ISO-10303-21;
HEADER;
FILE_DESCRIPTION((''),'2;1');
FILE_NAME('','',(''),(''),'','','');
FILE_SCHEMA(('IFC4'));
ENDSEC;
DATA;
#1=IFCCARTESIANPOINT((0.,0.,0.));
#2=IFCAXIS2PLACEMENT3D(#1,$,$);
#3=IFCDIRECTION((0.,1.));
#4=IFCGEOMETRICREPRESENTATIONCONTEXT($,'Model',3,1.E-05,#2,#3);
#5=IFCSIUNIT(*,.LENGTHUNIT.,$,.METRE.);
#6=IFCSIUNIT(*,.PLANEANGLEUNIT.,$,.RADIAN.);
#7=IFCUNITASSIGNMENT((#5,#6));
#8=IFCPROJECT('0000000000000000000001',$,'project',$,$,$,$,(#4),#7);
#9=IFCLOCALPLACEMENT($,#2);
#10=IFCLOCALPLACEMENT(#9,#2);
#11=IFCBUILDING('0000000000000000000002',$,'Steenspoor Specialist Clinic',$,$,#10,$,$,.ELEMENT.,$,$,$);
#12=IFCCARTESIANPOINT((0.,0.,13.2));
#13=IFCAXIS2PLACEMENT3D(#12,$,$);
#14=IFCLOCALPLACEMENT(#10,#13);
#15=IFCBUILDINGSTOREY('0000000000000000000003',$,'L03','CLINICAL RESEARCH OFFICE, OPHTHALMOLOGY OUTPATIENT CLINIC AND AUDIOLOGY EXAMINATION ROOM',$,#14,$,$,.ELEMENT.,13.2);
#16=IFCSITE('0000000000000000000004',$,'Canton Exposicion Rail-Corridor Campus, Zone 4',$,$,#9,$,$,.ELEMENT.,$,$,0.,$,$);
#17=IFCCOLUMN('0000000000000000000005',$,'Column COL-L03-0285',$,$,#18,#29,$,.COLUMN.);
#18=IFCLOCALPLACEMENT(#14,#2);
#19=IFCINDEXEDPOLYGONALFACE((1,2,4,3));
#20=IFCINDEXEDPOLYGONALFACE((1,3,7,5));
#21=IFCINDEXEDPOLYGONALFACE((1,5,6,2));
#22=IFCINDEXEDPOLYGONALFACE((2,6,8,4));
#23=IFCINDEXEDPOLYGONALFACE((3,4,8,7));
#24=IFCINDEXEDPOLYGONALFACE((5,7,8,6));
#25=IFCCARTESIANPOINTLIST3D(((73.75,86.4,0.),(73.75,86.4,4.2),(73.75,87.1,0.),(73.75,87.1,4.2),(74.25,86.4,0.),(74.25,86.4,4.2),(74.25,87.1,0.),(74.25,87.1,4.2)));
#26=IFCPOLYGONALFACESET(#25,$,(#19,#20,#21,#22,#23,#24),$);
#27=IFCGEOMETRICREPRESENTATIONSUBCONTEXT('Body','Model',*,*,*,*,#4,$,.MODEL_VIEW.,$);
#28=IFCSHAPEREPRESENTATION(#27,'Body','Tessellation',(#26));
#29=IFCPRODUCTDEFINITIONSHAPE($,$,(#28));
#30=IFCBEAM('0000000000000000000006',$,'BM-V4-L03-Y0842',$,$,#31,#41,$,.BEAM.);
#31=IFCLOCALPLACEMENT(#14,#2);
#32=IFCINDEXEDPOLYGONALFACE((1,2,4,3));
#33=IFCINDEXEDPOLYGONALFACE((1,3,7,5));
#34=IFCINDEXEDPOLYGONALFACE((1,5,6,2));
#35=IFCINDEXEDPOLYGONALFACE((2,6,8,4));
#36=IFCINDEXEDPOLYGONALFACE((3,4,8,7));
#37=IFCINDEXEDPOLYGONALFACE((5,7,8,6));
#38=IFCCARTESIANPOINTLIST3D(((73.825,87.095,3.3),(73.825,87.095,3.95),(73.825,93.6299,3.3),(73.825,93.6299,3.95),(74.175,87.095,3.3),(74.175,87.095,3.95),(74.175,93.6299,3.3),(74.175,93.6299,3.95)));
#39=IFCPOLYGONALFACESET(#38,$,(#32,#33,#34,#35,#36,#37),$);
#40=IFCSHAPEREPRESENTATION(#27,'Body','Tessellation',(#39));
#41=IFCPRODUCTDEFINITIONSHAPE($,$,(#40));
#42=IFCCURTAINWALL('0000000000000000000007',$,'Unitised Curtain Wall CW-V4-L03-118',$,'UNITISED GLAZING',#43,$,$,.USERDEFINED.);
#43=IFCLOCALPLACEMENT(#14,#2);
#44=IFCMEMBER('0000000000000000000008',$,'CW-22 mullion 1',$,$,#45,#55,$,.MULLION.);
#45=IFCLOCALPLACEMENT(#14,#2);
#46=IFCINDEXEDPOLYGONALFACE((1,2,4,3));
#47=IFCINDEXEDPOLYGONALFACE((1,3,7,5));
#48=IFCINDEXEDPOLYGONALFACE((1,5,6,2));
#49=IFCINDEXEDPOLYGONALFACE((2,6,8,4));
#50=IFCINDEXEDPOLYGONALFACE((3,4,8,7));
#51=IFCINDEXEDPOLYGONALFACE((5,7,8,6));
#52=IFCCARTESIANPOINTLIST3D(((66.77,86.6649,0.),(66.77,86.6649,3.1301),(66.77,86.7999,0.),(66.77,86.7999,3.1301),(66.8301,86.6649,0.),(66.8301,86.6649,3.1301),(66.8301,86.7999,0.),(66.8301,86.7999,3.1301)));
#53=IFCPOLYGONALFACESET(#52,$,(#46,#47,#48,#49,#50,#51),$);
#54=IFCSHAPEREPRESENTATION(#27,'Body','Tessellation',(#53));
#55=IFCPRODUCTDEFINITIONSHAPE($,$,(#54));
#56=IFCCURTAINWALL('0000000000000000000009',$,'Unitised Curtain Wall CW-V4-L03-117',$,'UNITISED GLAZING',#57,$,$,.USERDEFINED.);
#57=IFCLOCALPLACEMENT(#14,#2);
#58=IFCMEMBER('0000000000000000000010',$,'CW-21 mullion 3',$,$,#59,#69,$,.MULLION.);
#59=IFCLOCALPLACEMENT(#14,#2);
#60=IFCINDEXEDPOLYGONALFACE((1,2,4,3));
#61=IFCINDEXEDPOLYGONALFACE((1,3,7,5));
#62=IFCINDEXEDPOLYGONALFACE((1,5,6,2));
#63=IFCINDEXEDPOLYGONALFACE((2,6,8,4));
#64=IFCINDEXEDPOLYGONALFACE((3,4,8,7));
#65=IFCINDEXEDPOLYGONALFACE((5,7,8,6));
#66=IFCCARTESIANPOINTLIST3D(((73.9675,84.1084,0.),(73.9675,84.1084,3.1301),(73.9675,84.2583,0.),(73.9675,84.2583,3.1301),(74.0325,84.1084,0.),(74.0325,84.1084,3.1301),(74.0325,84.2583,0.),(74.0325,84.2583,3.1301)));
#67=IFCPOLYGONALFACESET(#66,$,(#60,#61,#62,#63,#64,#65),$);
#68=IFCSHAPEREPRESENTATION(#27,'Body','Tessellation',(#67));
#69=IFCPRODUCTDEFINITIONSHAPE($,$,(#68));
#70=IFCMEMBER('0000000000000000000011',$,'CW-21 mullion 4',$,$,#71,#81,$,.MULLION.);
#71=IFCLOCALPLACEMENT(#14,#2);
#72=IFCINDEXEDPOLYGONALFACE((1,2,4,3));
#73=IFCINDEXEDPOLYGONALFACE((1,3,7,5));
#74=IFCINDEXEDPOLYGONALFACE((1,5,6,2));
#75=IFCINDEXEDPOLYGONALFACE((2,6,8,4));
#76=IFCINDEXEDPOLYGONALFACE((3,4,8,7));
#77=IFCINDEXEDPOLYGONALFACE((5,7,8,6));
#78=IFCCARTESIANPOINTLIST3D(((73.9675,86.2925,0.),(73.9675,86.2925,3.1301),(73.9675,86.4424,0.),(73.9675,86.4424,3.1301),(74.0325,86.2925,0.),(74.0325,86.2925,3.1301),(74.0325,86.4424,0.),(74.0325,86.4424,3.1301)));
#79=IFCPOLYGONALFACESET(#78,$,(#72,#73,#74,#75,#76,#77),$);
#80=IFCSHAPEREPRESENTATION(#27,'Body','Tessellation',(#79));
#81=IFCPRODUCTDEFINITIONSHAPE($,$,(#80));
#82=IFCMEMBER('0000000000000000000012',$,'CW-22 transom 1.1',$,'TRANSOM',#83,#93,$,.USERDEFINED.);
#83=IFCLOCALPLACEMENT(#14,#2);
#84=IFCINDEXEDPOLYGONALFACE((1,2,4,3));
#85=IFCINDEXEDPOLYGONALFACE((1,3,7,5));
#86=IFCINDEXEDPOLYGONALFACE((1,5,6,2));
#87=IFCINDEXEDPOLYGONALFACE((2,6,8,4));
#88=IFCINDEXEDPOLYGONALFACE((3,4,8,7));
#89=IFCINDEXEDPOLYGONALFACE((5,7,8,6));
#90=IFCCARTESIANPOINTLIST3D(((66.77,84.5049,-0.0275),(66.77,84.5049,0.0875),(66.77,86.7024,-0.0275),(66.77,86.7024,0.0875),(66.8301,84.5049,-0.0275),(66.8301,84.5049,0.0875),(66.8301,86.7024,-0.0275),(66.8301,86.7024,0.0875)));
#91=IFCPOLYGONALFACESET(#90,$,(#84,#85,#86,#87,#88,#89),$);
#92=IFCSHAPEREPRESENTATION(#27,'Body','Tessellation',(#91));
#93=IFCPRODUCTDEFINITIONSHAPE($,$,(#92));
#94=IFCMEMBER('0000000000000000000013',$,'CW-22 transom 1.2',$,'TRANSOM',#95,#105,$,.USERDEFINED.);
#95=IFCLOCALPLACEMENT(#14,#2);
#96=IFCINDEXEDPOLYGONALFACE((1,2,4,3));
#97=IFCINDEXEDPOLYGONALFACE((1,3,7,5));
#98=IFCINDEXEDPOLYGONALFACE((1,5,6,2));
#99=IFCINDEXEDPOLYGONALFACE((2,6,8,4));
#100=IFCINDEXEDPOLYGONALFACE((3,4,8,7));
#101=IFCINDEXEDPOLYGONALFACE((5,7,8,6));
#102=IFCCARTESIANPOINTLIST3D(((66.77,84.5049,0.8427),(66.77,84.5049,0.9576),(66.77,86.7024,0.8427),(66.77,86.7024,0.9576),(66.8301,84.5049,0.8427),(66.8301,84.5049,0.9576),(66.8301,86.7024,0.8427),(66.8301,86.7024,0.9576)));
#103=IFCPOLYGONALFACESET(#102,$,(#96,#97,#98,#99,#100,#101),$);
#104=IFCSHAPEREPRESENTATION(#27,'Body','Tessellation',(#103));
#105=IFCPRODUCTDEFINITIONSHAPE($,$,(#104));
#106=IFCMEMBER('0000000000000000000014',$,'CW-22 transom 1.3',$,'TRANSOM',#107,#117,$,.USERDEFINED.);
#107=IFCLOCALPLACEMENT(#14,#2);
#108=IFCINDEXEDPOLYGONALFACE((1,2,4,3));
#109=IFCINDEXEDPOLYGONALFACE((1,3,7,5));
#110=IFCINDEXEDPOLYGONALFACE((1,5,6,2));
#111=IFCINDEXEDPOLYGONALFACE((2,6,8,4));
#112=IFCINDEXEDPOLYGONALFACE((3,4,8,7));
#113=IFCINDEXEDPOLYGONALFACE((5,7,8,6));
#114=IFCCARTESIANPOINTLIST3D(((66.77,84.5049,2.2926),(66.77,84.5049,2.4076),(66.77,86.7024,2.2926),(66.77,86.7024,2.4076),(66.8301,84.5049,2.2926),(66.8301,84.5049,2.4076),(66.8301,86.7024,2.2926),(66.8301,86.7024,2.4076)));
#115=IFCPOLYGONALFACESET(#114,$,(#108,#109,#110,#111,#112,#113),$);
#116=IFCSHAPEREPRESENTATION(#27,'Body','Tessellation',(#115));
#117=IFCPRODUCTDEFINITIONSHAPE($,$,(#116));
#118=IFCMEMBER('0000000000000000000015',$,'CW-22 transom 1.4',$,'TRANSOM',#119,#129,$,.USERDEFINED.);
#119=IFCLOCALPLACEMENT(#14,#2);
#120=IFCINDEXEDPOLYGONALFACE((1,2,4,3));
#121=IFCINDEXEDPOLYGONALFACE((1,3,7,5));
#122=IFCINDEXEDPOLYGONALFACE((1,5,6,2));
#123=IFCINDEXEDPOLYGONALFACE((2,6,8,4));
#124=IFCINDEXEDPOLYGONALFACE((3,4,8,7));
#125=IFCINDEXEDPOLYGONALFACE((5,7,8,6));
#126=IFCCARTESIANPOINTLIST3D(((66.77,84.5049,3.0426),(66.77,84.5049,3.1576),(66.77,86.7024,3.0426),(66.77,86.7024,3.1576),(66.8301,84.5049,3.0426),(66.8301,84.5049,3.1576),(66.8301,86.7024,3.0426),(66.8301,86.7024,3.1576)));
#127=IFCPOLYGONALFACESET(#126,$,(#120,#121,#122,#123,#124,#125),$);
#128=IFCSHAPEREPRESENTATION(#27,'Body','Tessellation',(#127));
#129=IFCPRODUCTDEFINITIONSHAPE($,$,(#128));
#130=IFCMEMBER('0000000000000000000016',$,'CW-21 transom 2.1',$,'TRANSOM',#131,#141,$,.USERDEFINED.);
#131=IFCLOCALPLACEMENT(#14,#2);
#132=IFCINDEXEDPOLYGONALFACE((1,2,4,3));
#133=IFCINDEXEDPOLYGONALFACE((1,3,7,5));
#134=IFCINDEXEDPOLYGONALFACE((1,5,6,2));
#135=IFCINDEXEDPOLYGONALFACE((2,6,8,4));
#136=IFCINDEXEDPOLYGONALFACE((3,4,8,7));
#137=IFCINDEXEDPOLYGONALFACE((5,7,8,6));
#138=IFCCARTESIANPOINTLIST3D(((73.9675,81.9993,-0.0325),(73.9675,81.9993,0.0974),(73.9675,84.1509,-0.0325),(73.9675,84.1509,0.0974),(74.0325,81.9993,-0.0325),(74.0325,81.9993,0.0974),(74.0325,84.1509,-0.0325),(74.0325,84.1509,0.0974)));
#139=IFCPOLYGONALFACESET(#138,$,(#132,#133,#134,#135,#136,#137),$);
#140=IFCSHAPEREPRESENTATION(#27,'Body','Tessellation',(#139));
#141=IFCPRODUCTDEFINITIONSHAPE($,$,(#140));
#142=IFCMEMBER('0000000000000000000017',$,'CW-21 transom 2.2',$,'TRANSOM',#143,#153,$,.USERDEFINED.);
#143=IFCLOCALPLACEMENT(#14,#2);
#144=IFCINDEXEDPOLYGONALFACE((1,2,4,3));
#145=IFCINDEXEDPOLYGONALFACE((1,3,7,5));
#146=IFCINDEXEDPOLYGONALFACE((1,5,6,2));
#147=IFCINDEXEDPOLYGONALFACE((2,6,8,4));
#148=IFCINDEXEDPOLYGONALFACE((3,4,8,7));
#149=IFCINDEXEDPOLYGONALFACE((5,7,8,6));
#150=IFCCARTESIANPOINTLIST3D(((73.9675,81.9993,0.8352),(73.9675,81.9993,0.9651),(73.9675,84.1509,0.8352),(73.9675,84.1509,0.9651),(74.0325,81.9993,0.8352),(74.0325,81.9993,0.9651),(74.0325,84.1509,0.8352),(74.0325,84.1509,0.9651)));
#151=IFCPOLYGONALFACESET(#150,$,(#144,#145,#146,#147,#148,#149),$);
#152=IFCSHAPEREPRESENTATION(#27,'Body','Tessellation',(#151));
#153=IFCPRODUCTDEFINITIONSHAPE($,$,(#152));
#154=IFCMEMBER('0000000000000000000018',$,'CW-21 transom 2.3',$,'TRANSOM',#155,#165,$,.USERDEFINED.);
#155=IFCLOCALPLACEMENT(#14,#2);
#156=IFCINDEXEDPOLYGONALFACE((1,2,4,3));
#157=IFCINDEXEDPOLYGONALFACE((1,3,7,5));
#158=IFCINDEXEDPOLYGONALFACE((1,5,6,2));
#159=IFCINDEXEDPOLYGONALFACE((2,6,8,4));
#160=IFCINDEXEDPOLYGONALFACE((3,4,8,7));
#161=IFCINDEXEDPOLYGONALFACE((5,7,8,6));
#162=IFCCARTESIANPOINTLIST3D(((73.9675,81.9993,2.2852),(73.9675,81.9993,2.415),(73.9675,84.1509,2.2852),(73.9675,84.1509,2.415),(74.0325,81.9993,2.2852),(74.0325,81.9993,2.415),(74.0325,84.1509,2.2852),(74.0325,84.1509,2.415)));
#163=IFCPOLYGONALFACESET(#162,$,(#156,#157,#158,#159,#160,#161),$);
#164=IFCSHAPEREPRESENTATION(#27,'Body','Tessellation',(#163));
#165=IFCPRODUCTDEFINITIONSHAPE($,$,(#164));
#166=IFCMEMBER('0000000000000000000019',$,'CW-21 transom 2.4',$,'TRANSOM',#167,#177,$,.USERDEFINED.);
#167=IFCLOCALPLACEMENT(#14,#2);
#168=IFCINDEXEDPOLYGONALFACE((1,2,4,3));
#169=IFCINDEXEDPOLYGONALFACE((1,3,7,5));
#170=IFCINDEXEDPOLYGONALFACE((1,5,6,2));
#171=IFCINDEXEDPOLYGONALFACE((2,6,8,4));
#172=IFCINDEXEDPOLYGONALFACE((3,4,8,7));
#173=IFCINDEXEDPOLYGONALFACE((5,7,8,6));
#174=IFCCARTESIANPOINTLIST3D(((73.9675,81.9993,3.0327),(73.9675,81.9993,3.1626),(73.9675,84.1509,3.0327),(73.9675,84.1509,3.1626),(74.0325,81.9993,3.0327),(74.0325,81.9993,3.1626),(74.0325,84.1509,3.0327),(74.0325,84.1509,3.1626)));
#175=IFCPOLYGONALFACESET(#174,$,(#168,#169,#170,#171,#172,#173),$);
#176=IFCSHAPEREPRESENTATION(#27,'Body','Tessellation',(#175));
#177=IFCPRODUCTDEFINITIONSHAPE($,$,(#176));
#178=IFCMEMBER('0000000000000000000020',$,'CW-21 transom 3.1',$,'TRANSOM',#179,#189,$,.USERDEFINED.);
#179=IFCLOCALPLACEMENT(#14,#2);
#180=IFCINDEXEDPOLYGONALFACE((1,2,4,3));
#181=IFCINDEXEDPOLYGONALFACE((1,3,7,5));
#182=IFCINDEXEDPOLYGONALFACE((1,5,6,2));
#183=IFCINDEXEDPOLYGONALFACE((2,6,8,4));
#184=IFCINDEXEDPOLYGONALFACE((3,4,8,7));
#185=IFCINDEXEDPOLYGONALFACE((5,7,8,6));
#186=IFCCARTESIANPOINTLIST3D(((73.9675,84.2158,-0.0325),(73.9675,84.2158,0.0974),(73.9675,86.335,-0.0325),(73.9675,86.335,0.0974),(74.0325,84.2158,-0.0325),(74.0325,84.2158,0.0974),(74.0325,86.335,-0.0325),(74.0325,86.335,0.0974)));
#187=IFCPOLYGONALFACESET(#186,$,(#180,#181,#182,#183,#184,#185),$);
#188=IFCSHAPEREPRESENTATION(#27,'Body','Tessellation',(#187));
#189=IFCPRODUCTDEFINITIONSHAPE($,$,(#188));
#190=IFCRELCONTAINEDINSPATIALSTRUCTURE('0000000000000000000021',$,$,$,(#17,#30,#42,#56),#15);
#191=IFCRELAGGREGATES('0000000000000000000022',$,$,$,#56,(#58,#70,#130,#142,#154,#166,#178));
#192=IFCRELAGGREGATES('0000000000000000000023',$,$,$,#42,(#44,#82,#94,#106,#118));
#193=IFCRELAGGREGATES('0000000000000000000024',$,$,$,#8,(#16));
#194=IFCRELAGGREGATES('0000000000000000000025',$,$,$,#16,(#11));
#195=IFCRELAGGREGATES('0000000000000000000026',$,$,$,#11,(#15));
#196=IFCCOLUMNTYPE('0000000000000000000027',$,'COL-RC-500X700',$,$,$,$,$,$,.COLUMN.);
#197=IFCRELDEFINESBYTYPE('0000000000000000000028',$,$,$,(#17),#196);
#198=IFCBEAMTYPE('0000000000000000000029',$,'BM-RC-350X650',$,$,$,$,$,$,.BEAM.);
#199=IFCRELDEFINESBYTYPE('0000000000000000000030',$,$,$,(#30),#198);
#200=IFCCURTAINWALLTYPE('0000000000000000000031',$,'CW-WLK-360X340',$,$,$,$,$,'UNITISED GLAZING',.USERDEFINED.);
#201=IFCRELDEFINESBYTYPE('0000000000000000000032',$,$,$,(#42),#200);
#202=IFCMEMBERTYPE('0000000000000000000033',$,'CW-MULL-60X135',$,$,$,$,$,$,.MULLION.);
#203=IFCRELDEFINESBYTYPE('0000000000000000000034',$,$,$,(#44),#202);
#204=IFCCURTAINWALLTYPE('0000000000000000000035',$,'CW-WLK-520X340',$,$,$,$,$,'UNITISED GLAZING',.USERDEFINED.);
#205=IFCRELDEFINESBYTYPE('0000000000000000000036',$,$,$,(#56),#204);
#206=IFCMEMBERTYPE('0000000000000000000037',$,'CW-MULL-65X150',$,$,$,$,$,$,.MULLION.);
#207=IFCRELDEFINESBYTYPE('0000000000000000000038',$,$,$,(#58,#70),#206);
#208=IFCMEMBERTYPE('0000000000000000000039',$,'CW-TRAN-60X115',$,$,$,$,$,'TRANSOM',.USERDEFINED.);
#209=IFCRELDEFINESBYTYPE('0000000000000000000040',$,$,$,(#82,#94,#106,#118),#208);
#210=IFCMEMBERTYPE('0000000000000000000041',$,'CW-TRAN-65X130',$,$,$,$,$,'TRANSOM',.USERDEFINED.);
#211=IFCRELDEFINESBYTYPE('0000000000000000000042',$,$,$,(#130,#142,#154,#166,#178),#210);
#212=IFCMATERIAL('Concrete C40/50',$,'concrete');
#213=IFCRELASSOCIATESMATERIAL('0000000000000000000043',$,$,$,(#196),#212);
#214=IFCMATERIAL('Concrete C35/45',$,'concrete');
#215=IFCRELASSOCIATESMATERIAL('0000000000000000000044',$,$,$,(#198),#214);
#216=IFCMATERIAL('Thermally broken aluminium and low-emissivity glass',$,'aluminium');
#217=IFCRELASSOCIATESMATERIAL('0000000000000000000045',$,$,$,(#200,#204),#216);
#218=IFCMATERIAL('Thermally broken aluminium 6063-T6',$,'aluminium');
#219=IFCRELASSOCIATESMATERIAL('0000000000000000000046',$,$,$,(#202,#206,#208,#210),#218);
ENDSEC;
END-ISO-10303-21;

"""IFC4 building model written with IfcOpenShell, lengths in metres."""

from ifc_helpers import new_model, si_unit, direction, frame, origin, origin_2d, place, context, subcontext, project, spatial, rectangle, extrude, material, material_profile, profile_set, type_object, element, aggregate, save


model = new_model("IFC4")

# Units and contexts
model_context = context("Model", 3, precision=1e-05, world=origin(), true_north=direction((0.0, 1.0)))
body_context = subcontext(model_context, "Body", "Model", "MODEL_VIEW")
ifc_project = project(units=[si_unit("LENGTHUNIT", "METRE"), si_unit("PLANEANGLEUNIT", "RADIAN")], contexts=[model_context])

# Site, building, storey
site_placement = place(None, origin())
site = spatial("IfcSite", under=ifc_project, at=site_placement, Name="Canton Exposicion Rail-Corridor Campus, Zone 4", CompositionType="ELEMENT", RefElevation=0.0)
building_placement = place(site_placement, origin())
building = spatial("IfcBuilding", under=site, at=building_placement, Name="Steenspoor Specialist Clinic", CompositionType="ELEMENT")
storey_placement = place(building_placement, frame((0.0, 0.0, 13.2)))
storey = spatial("IfcBuildingStorey", under=building, at=storey_placement, Name="L03", Description="CLINICAL RESEARCH OFFICE, OPHTHALMOLOGY OUTPATIENT CLINIC AND AUDIOLOGY EXAMINATION ROOM", CompositionType="ELEMENT", Elevation=13.2)

# Column
ifc_material_1 = material(Name="Concrete C40/50", Category="concrete")
ifc_material_profile_1 = material_profile(ifc_material_1, rectangle(XDim=0.5, YDim=0.7, at=origin_2d()), Name="RC-COL-500X700")
ifc_profile_set_1 = profile_set([ifc_material_profile_1], Name="Concrete C40/50")
column_type = type_object("IfcColumnType", Name="COL-RC-500X700", PredefinedType="COLUMN", material=ifc_profile_set_1)
column_placement = place(storey_placement, frame((74.0, 86.75, 0.0), z_axis=(0.0, 0.0, 1.0), x_axis=(1.0, 0.0, 0.0)))
element("IfcColumn", 1, at=column_placement, inside=storey, type_object=column_type, Name="Column COL-L03-0285", PredefinedType="COLUMN", context=body_context, shape_type="SweptSolid", body=[
    extrude(rectangle(XDim=0.5, YDim=0.7, at=origin_2d()), origin(), (0.0, 0.0, 1.0), 4.2),
])

# Beam
ifc_material_2 = material(Name="Concrete C35/45", Category="concrete")
ifc_material_profile_2 = material_profile(ifc_material_2, rectangle(XDim=0.3501, YDim=0.6499, at=origin_2d()), Name="RC-BM-350X650")
ifc_profile_set_2 = profile_set([ifc_material_profile_2], Name="Concrete C35/45")
beam_type = type_object("IfcBeamType", Name="BM-RC-350X650", PredefinedType="BEAM", material=ifc_profile_set_2)
beam_placement = place(storey_placement, frame((74.0, 87.095, 3.625), z_axis=(0.0, 1.0, 0.0), x_axis=(-1.0, 0.0, 0.0)))
element("IfcBeam", 2, at=beam_placement, inside=storey, type_object=beam_type, Name="BM-V4-L03-Y0842", PredefinedType="BEAM", context=body_context, shape_type="SweptSolid", body=[
    extrude(rectangle(XDim=0.3501, YDim=0.6499, at=origin_2d()), origin(), (0.0, 0.0, 1.0), 6.5349),
])

# Curtain wall, member
ifc_material_3 = material(Name="Thermally broken aluminium and low-emissivity glass", Category="aluminium")
curtain_wall_type_1 = type_object("IfcCurtainWallType", Name="CW-WLK-360X340", ElementType="UNITISED GLAZING", PredefinedType="USERDEFINED", material=ifc_material_3)
curtain_wall_1_placement = place(storey_placement, origin())
curtain_wall_1 = element("IfcCurtainWall", 3, at=curtain_wall_1_placement, inside=storey, type_object=curtain_wall_type_1, Name="Unitised Curtain Wall CW-V4-L03-118", ObjectType="UNITISED GLAZING", PredefinedType="USERDEFINED")
ifc_material_4 = material(Name="Thermally broken aluminium 6063-T6", Category="aluminium")
ifc_material_profile_3 = material_profile(ifc_material_4, rectangle(XDim=0.0601, YDim=0.135, at=origin_2d()), Name="CWM-60X135")
ifc_profile_set_3 = profile_set([ifc_material_profile_3], Name="Thermally broken aluminium 6063-T6")
member_type_1 = type_object("IfcMemberType", Name="CW-MULL-60X135", PredefinedType="MULLION", material=ifc_profile_set_3)
member_1_placement = place(storey_placement, frame((66.8, 86.7324, 0.0), z_axis=(0.0, 0.0, 1.0), x_axis=(1.0, 0.0, 0.0)))
member_1 = element("IfcMember", 4, at=member_1_placement, type_object=member_type_1, Name="CW-22 mullion 1", PredefinedType="MULLION", context=body_context, shape_type="SweptSolid", body=[
    extrude(rectangle(XDim=0.0601, YDim=0.135, at=origin_2d()), origin(), (0.0, 0.0, 1.0), 3.1301),
])

# Curtain wall, members
curtain_wall_type_2 = type_object("IfcCurtainWallType", Name="CW-WLK-520X340", ElementType="UNITISED GLAZING", PredefinedType="USERDEFINED", material=ifc_material_3)
curtain_wall_2_placement = place(storey_placement, origin())
curtain_wall_2 = element("IfcCurtainWall", 5, at=curtain_wall_2_placement, inside=storey, type_object=curtain_wall_type_2, Name="Unitised Curtain Wall CW-V4-L03-117", ObjectType="UNITISED GLAZING", PredefinedType="USERDEFINED")
ifc_material_profile_4 = material_profile(ifc_material_4, rectangle(XDim=0.0649, YDim=0.1499, at=origin_2d()), Name="CWM-65X150")
ifc_profile_set_4 = profile_set([ifc_material_profile_4], Name="Thermally broken aluminium 6063-T6")
member_type_2 = type_object("IfcMemberType", Name="CW-MULL-65X150", PredefinedType="MULLION", material=ifc_profile_set_4)
member_2_placement = place(storey_placement, frame((74.0, 84.1833, 0.0), z_axis=(0.0, 0.0, 1.0), x_axis=(-1.0, 0.0, 0.0)))
member_2 = element("IfcMember", 6, at=member_2_placement, type_object=member_type_2, Name="CW-21 mullion 3", PredefinedType="MULLION", context=body_context, shape_type="SweptSolid", body=[
    extrude(rectangle(XDim=0.0649, YDim=0.1499, at=origin_2d()), origin(), (0.0, 0.0, 1.0), 3.1301),
])
member_3_placement = place(storey_placement, frame((74.0, 86.3674, 0.0), z_axis=(0.0, 0.0, 1.0), x_axis=(-1.0, 0.0, 0.0)))
member_3 = element("IfcMember", 7, at=member_3_placement, type_object=member_type_2, Name="CW-21 mullion 4", PredefinedType="MULLION", context=body_context, shape_type="SweptSolid", body=[
    extrude(rectangle(XDim=0.0649, YDim=0.1499, at=origin_2d()), origin(), (0.0, 0.0, 1.0), 3.1301),
])

# Members
ifc_material_profile_5 = material_profile(ifc_material_4, rectangle(XDim=0.0601, YDim=0.115, at=origin_2d()), Name="CWT-60X115")
ifc_profile_set_5 = profile_set([ifc_material_profile_5], Name="Thermally broken aluminium 6063-T6")
member_type_3 = type_object("IfcMemberType", Name="CW-TRAN-60X115", ElementType="TRANSOM", PredefinedType="USERDEFINED", material=ifc_profile_set_5)
member_4_placement = place(storey_placement, frame((66.8, 86.7024, 0.03), z_axis=(0.0, -1.0, 0.0), x_axis=(1.0, 0.0, 0.0)))
member_4 = element("IfcMember", 8, at=member_4_placement, type_object=member_type_3, Name="CW-22 transom 1.1", ObjectType="TRANSOM", PredefinedType="USERDEFINED", context=body_context, shape_type="SweptSolid", body=[
    extrude(rectangle(XDim=0.0601, YDim=0.115, at=origin_2d()), origin(), (0.0, 0.0, 1.0), 2.1975),
])
member_5_placement = place(storey_placement, frame((66.8, 86.7024, 0.9001), z_axis=(0.0, -1.0, 0.0), x_axis=(1.0, 0.0, 0.0)))
member_5 = element("IfcMember", 9, at=member_5_placement, type_object=member_type_3, Name="CW-22 transom 1.2", ObjectType="TRANSOM", PredefinedType="USERDEFINED", context=body_context, shape_type="SweptSolid", body=[
    extrude(rectangle(XDim=0.0601, YDim=0.115, at=origin_2d()), origin(), (0.0, 0.0, 1.0), 2.1975),
])
member_6_placement = place(storey_placement, frame((66.8, 86.7024, 2.3501), z_axis=(0.0, -1.0, 0.0), x_axis=(1.0, 0.0, 0.0)))
member_6 = element("IfcMember", 10, at=member_6_placement, type_object=member_type_3, Name="CW-22 transom 1.3", ObjectType="TRANSOM", PredefinedType="USERDEFINED", context=body_context, shape_type="SweptSolid", body=[
    extrude(rectangle(XDim=0.0601, YDim=0.115, at=origin_2d()), origin(), (0.0, 0.0, 1.0), 2.1975),
])
member_7_placement = place(storey_placement, frame((66.8, 86.7024, 3.1001), z_axis=(0.0, -1.0, 0.0), x_axis=(1.0, 0.0, 0.0)))
member_7 = element("IfcMember", 11, at=member_7_placement, type_object=member_type_3, Name="CW-22 transom 1.4", ObjectType="TRANSOM", PredefinedType="USERDEFINED", context=body_context, shape_type="SweptSolid", body=[
    extrude(rectangle(XDim=0.0601, YDim=0.115, at=origin_2d()), origin(), (0.0, 0.0, 1.0), 2.1975),
])
ifc_material_profile_6 = material_profile(ifc_material_4, rectangle(XDim=0.0649, YDim=0.1299, at=origin_2d()), Name="CWT-65X130")
ifc_profile_set_6 = profile_set([ifc_material_profile_6], Name="Thermally broken aluminium 6063-T6")
member_type_4 = type_object("IfcMemberType", Name="CW-TRAN-65X130", ElementType="TRANSOM", PredefinedType="USERDEFINED", material=ifc_profile_set_6)
member_8_placement = place(storey_placement, frame((74.0, 81.9993, 0.0325), z_axis=(0.0, 1.0, 0.0), x_axis=(-1.0, 0.0, 0.0)))
member_8 = element("IfcMember", 12, at=member_8_placement, type_object=member_type_4, Name="CW-21 transom 2.1", ObjectType="TRANSOM", PredefinedType="USERDEFINED", context=body_context, shape_type="SweptSolid", body=[
    extrude(rectangle(XDim=0.0649, YDim=0.1299, at=origin_2d()), origin(), (0.0, 0.0, 1.0), 2.1516),
])
member_9_placement = place(storey_placement, frame((74.0, 81.9993, 0.9001), z_axis=(0.0, 1.0, 0.0), x_axis=(-1.0, 0.0, 0.0)))
member_9 = element("IfcMember", 13, at=member_9_placement, type_object=member_type_4, Name="CW-21 transom 2.2", ObjectType="TRANSOM", PredefinedType="USERDEFINED", context=body_context, shape_type="SweptSolid", body=[
    extrude(rectangle(XDim=0.0649, YDim=0.1299, at=origin_2d()), origin(), (0.0, 0.0, 1.0), 2.1516),
])
member_10_placement = place(storey_placement, frame((74.0, 81.9993, 2.3501), z_axis=(0.0, 1.0, 0.0), x_axis=(-1.0, 0.0, 0.0)))
member_10 = element("IfcMember", 14, at=member_10_placement, type_object=member_type_4, Name="CW-21 transom 2.3", ObjectType="TRANSOM", PredefinedType="USERDEFINED", context=body_context, shape_type="SweptSolid", body=[
    extrude(rectangle(XDim=0.0649, YDim=0.1299, at=origin_2d()), origin(), (0.0, 0.0, 1.0), 2.1516),
])
member_11_placement = place(storey_placement, frame((74.0, 81.9993, 3.0977), z_axis=(0.0, 1.0, 0.0), x_axis=(-1.0, 0.0, 0.0)))
member_11 = element("IfcMember", 15, at=member_11_placement, type_object=member_type_4, Name="CW-21 transom 2.4", ObjectType="TRANSOM", PredefinedType="USERDEFINED", context=body_context, shape_type="SweptSolid", body=[
    extrude(rectangle(XDim=0.0649, YDim=0.1299, at=origin_2d()), origin(), (0.0, 0.0, 1.0), 2.1516),
])
member_12_placement = place(storey_placement, frame((74.0, 84.2158, 0.0325), z_axis=(0.0, 1.0, 0.0), x_axis=(-1.0, 0.0, 0.0)))
member_12 = element("IfcMember", 16, at=member_12_placement, type_object=member_type_4, Name="CW-21 transom 3.1", ObjectType="TRANSOM", PredefinedType="USERDEFINED", context=body_context, shape_type="SweptSolid", body=[
    extrude(rectangle(XDim=0.0649, YDim=0.1299, at=origin_2d()), origin(), (0.0, 0.0, 1.0), 2.1191),
])

aggregate(curtain_wall_2, [member_2, member_3, member_8, member_9, member_10, member_11, member_12])
aggregate(curtain_wall_1, [member_1, member_4, member_5, member_6, member_7])

save(model, "model.ifc")
